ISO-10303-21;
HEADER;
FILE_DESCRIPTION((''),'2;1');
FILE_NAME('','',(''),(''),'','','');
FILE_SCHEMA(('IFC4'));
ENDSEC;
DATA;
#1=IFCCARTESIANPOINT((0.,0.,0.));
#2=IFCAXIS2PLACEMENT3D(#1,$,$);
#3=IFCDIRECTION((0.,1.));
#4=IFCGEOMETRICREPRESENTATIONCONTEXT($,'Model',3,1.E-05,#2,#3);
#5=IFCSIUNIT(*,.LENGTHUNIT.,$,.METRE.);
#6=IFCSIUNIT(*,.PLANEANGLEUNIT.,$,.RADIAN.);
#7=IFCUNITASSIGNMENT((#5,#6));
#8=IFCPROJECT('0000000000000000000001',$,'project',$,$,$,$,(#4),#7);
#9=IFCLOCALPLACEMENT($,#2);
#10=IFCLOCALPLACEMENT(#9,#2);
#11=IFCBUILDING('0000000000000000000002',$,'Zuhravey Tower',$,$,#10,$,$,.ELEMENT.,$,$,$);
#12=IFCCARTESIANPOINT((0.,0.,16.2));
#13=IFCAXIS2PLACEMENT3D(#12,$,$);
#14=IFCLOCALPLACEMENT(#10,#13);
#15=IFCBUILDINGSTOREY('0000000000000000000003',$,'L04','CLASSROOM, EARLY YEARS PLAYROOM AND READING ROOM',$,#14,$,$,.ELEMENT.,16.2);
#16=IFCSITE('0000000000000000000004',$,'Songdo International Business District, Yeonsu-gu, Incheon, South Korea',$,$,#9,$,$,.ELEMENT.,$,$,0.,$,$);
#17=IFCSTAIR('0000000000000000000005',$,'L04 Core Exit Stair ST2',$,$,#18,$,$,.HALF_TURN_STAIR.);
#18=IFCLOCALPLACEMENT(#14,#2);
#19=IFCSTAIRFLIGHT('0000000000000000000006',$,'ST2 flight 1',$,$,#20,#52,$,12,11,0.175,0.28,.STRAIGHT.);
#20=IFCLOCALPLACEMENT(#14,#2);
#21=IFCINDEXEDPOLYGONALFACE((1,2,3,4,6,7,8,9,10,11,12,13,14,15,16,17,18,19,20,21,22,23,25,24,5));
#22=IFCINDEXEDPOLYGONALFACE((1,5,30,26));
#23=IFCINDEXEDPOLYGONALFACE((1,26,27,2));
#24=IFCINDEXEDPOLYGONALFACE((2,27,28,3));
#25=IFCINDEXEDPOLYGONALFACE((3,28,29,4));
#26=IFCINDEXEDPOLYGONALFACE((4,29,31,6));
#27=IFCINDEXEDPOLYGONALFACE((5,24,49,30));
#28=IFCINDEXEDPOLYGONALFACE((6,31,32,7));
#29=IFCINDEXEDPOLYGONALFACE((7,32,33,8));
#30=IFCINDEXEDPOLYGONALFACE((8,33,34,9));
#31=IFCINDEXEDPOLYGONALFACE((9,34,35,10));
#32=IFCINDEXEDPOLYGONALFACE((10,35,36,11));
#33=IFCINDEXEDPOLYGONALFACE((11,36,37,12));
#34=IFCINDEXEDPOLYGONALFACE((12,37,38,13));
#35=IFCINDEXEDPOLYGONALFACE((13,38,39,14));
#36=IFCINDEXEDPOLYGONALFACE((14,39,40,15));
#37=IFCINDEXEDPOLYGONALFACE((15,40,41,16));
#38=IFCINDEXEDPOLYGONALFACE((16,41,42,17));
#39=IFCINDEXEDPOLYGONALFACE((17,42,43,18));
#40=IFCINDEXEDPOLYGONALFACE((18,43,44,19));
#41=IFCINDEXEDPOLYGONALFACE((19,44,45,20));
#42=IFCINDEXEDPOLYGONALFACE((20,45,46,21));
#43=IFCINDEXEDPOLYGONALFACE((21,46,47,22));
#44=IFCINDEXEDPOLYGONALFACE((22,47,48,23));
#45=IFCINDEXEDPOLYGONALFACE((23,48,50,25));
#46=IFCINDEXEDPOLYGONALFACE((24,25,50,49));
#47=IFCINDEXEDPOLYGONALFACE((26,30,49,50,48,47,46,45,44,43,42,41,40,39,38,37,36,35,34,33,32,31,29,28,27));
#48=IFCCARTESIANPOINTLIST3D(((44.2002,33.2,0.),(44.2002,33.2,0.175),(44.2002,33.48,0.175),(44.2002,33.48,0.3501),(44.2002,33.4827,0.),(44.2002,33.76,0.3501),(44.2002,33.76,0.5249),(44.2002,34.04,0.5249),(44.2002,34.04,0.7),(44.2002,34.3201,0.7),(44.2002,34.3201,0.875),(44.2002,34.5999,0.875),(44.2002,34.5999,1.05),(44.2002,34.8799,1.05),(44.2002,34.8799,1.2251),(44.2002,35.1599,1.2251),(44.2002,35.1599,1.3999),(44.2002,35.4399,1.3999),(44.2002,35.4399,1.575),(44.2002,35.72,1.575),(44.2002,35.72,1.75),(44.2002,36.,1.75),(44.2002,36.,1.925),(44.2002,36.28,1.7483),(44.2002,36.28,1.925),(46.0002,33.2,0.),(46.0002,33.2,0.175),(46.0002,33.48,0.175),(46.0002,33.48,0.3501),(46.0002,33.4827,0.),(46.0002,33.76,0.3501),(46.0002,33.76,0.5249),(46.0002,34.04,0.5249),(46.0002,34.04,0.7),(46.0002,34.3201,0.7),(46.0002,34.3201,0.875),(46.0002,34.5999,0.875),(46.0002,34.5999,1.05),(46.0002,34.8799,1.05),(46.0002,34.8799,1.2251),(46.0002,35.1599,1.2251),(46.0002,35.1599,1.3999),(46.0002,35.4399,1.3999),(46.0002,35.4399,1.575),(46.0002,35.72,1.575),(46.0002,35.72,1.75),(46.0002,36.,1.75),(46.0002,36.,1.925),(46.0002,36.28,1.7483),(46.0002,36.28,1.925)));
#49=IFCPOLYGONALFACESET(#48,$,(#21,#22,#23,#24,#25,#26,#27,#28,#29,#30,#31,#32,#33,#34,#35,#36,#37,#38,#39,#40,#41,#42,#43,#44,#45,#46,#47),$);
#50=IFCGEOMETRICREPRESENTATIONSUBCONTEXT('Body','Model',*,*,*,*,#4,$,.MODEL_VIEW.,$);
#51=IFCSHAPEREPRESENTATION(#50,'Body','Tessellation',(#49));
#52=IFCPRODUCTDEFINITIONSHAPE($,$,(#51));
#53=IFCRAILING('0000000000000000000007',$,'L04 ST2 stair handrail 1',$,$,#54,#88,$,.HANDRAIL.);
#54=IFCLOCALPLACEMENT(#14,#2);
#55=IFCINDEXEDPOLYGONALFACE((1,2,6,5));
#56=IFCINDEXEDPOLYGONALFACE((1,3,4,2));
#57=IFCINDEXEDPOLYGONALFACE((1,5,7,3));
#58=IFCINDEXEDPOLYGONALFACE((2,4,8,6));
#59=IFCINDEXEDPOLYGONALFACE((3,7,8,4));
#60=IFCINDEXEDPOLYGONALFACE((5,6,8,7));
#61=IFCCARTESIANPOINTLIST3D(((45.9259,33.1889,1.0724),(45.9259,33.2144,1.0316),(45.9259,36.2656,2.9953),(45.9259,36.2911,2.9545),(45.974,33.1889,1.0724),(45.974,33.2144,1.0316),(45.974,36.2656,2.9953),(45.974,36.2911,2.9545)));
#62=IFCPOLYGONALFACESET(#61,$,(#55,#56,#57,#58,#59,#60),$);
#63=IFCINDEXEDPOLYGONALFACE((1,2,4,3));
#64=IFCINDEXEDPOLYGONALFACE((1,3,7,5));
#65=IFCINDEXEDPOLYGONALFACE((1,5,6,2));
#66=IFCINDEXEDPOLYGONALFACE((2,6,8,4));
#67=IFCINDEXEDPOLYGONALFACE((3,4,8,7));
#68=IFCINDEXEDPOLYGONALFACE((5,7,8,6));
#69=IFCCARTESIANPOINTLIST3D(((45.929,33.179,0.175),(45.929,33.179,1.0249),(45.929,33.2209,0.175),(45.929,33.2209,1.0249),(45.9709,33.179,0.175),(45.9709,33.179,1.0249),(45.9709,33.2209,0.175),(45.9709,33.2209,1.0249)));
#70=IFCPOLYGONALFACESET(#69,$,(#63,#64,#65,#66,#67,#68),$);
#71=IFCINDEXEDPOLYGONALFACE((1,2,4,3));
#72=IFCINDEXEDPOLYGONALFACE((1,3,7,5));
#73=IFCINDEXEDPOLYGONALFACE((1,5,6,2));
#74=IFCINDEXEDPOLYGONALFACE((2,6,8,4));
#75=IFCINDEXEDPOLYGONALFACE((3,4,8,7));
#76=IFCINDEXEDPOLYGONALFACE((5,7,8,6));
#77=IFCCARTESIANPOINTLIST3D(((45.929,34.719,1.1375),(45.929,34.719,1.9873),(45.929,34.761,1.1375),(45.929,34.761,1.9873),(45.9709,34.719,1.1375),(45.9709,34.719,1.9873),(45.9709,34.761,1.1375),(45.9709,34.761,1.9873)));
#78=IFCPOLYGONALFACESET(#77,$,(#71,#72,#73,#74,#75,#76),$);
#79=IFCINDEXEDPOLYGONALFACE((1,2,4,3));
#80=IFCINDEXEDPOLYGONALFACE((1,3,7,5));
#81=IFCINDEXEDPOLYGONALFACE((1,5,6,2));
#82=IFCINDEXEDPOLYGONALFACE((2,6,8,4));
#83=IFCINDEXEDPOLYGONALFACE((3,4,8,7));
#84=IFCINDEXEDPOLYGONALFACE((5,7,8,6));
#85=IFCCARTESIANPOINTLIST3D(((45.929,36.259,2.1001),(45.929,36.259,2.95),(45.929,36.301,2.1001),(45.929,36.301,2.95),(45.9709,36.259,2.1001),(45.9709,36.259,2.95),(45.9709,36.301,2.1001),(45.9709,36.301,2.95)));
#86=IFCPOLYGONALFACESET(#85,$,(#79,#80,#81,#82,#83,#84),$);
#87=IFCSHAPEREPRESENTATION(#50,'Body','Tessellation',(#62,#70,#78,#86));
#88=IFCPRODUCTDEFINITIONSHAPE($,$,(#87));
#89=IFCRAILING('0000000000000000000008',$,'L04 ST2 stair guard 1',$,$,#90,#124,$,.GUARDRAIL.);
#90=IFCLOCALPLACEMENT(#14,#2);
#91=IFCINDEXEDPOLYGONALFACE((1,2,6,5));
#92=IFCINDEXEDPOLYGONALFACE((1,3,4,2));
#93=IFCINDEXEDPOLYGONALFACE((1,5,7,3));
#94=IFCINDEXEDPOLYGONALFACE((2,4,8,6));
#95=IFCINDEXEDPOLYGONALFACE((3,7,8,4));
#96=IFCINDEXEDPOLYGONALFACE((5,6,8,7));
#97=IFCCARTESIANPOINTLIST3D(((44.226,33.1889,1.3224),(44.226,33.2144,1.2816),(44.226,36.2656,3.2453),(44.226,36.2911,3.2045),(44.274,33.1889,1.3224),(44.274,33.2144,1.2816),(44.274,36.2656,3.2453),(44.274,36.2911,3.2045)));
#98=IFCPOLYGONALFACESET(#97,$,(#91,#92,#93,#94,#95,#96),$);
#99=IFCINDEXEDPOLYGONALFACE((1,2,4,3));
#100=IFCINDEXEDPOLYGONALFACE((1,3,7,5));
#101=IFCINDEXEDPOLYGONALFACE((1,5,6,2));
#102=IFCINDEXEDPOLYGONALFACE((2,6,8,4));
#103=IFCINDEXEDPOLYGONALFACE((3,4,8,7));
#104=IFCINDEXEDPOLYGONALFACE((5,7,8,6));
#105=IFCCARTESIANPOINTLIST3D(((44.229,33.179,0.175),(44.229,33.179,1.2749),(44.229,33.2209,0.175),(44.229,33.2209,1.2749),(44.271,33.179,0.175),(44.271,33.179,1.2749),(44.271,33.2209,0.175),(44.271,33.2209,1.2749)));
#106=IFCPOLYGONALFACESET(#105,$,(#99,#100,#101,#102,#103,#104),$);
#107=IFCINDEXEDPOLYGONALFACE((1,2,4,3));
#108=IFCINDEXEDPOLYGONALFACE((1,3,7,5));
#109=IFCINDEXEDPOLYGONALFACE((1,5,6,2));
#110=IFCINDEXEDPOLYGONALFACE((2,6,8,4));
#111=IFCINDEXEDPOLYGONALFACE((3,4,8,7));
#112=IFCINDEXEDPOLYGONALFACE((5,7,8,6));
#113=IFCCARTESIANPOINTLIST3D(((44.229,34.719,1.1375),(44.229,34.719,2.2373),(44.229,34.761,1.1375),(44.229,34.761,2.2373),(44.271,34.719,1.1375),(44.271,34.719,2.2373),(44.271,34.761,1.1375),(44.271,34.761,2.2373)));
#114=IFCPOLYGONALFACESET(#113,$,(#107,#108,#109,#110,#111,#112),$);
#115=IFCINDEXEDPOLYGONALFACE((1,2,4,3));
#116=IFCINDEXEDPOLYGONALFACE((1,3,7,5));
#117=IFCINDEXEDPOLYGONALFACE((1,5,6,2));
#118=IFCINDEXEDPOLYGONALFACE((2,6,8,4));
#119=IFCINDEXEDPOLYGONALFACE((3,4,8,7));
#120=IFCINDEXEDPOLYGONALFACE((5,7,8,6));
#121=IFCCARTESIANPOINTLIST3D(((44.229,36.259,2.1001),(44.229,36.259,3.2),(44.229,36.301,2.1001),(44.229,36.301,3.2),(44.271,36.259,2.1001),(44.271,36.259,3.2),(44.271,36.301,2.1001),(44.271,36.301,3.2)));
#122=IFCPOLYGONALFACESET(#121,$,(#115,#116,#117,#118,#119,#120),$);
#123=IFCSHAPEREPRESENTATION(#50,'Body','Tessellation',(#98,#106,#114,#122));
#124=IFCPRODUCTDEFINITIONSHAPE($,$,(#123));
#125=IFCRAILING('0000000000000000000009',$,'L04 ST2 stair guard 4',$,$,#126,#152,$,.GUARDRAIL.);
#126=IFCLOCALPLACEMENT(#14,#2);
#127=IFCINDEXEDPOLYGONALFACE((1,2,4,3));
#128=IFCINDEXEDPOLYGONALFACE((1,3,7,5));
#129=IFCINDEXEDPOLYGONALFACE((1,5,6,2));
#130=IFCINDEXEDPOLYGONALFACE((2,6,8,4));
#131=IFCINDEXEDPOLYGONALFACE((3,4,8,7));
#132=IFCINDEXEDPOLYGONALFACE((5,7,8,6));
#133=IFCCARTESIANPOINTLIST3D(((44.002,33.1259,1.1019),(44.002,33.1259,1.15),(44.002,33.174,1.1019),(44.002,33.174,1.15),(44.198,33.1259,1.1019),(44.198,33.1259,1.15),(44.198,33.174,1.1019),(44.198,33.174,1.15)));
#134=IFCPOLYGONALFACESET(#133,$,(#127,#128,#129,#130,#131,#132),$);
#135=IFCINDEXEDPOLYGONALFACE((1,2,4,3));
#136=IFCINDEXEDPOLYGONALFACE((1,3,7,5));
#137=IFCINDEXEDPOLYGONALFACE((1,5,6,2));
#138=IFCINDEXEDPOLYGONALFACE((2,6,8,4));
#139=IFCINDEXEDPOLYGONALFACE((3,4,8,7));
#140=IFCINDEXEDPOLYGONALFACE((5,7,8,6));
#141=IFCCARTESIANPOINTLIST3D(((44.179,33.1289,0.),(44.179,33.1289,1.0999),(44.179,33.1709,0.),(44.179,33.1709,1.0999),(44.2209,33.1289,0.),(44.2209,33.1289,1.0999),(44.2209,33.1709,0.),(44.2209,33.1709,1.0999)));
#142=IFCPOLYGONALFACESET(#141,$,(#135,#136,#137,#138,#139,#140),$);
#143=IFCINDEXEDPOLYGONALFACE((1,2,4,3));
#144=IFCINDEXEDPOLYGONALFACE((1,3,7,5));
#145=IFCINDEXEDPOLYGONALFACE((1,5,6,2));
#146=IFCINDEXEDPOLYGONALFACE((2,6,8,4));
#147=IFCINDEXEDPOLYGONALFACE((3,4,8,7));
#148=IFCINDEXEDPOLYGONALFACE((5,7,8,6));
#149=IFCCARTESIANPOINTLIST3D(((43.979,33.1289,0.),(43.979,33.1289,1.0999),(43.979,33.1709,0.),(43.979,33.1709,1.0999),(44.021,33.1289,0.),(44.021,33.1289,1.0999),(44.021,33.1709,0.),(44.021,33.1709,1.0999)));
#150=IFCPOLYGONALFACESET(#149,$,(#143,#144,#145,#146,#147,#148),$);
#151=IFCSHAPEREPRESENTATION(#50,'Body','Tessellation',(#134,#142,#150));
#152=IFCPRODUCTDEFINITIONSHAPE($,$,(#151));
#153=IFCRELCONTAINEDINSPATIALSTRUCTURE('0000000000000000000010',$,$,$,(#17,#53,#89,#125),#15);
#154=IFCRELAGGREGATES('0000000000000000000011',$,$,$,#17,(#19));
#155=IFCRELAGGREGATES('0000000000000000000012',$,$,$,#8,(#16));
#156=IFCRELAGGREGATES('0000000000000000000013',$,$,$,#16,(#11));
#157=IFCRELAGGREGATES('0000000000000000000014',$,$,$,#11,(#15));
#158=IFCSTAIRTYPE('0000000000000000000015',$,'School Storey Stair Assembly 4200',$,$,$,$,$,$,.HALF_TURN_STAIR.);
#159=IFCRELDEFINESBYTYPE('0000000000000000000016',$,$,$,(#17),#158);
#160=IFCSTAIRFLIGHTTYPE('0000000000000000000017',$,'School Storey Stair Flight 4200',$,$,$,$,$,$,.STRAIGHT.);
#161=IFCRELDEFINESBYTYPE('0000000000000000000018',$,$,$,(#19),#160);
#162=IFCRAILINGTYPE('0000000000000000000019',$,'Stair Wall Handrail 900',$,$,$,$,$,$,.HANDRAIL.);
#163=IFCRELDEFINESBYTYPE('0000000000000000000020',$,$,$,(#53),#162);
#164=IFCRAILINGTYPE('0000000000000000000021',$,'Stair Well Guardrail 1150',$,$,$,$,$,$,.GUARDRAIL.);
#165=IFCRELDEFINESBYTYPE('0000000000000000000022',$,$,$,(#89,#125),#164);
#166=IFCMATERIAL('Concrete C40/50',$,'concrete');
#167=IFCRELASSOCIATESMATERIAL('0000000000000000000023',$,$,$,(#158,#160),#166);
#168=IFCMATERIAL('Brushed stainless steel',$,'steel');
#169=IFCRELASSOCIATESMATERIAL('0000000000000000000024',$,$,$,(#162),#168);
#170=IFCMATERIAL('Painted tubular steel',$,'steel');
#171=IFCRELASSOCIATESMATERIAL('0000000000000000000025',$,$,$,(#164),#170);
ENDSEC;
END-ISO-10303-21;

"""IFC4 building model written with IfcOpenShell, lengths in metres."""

from ifc_helpers import new_model, si_unit, direction, frame, origin, origin_2d, place, context, subcontext, project, spatial, polyline, rectangle, outline, extrude, material, type_object, element, aggregate, save


model = new_model("IFC4")

# Units and contexts
model_context = context("Model", 3, precision=1e-05, world=origin(), true_north=direction((0.0, 1.0)))
body_context = subcontext(model_context, "Body", "Model", "MODEL_VIEW")
ifc_project = project(units=[si_unit("LENGTHUNIT", "METRE"), si_unit("PLANEANGLEUNIT", "RADIAN")], contexts=[model_context])

# Site, building, storey
site_placement = place(None, origin())
site = spatial("IfcSite", under=ifc_project, at=site_placement, Name="Songdo International Business District, Yeonsu-gu, Incheon, South Korea", CompositionType="ELEMENT", RefElevation=0.0)
building_placement = place(site_placement, origin())
building = spatial("IfcBuilding", under=site, at=building_placement, Name="Zuhravey Tower", CompositionType="ELEMENT")
storey_placement = place(building_placement, frame((0.0, 0.0, 16.2)))
storey = spatial("IfcBuildingStorey", under=building, at=storey_placement, Name="L04", Description="CLASSROOM, EARLY YEARS PLAYROOM AND READING ROOM", CompositionType="ELEMENT", Elevation=16.2)

# Shared definitions
ifc_material_1 = material(Name="Brushed stainless steel", Category="steel")

# Stair, stair flight
ifc_material_2 = material(Name="Concrete C40/50", Category="concrete")
stair_type = type_object("IfcStairType", Name="School Storey Stair Assembly 4200", PredefinedType="HALF_TURN_STAIR", material=ifc_material_2)
stair_placement = place(storey_placement, origin())
stair = element("IfcStair", 1, at=stair_placement, inside=storey, type_object=stair_type, Name="L04 Core Exit Stair ST2", PredefinedType="HALF_TURN_STAIR")
stair_flight_type = type_object("IfcStairFlightType", Name="School Storey Stair Flight 4200", PredefinedType="STRAIGHT", material=ifc_material_2)
stair_flight_placement = place(storey_placement, frame((45.1001, 33.2, 0.0), z_axis=(0.0, 0.0, 1.0), x_axis=(0.0, 1.0, 0.0)))
stair_flight = element("IfcStairFlight", 2, at=stair_flight_placement, type_object=stair_flight_type, Name="ST2 flight 1", NumberOfRisers=12, NumberOfTreads=11, PredefinedType="STRAIGHT", RiserHeight=0.175, TreadLength=0.28, context=body_context, shape_type="SweptSolid", body=[
    extrude(outline(polyline([(0.0, 0.0), (0.0, 0.175), (0.28, 0.175), (0.28, 0.3501), (0.5601, 0.3501), (0.5601, 0.5249), (0.8401, 0.5249), (0.8401, 0.7), (1.1201, 0.7), (1.1201, 0.875), (1.3999, 0.875), (1.3999, 1.05), (1.6799, 1.05), (1.6799, 1.2251), (1.96, 1.2251), (1.96, 1.3999), (2.24, 1.3999), (2.24, 1.575), (2.52, 1.575), (2.52, 1.75), (2.8, 1.75), (2.8, 1.925), (3.0801, 1.925), (3.0801, 2.1001), (3.0801, 1.7483), (0.2827, 0.0), (0.0, 0.0)])), frame((0.0, 0.8999, 0.0), z_axis=(0.0, -1.0, 0.0), x_axis=(1.0, 0.0, 0.0)), (0.0, 0.0, 1.0), 1.8),
])
aggregate(stair, [stair_flight])

# Railings
railing_type_1 = type_object("IfcRailingType", Name="Stair Wall Handrail 900", PredefinedType="HANDRAIL", material=ifc_material_1)
railing_1_placement = place(storey_placement, frame((45.95, 33.2, 0.175)))
element("IfcRailing", 3, at=railing_1_placement, inside=storey, type_object=railing_type_1, Name="L04 ST2 stair handrail 1", PredefinedType="HANDRAIL", context=body_context, shape_type="SweptSolid", body=[
    extrude(rectangle(XDim=0.0481, YDim=0.0481, at=origin_2d()), frame((0.0, 0.0017, 0.877), z_axis=(0.0, 0.847998, 0.529999), x_axis=(-1.0, 0.0, 0.0)), (0.0, 0.0, 1.0), 3.6282),
    extrude(rectangle(XDim=0.042, YDim=0.042, at=origin_2d()), origin(), (0.0, 0.0, 1.0), 0.8499),
    extrude(rectangle(XDim=0.042, YDim=0.042, at=origin_2d()), frame((0.0, 1.54, 0.9624)), (0.0, 0.0, 1.0), 0.8499),
    extrude(rectangle(XDim=0.042, YDim=0.042, at=origin_2d()), frame((0.0, 3.0801, 1.925)), (0.0, 0.0, 1.0), 0.8499),
])
ifc_material_3 = material(Name="Painted tubular steel", Category="steel")
railing_type_2 = type_object("IfcRailingType", Name="Stair Well Guardrail 1150", PredefinedType="GUARDRAIL", material=ifc_material_3)
railing_2_placement = place(storey_placement, frame((44.25, 33.2, 0.175)))
element("IfcRailing", 4, at=railing_2_placement, inside=storey, type_object=railing_type_2, Name="L04 ST2 stair guard 1", PredefinedType="GUARDRAIL", context=body_context, shape_type="SweptSolid", body=[
    extrude(rectangle(XDim=0.0481, YDim=0.0481, at=origin_2d()), frame((0.0, 0.0017, 1.127), z_axis=(0.0, 0.847998, 0.529999), x_axis=(-1.0, 0.0, 0.0)), (0.0, 0.0, 1.0), 3.6282),
    extrude(rectangle(XDim=0.042, YDim=0.042, at=origin_2d()), origin(), (0.0, 0.0, 1.0), 1.0999),
    extrude(rectangle(XDim=0.042, YDim=0.042, at=origin_2d()), frame((0.0, 1.54, 0.9624)), (0.0, 0.0, 1.0), 1.0999),
    extrude(rectangle(XDim=0.042, YDim=0.042, at=origin_2d()), frame((0.0, 3.0801, 1.925)), (0.0, 0.0, 1.0), 1.0999),
])
railing_3_placement = place(storey_placement, frame((44.2, 33.1499, 0.0)))
element("IfcRailing", 5, at=railing_3_placement, inside=storey, type_object=railing_type_2, Name="L04 ST2 stair guard 4", PredefinedType="GUARDRAIL", context=body_context, shape_type="SweptSolid", body=[
    extrude(rectangle(XDim=0.0481, YDim=0.0481, at=origin_2d()), frame((-0.002, 0.0, 1.126), z_axis=(-1.0, 0.0, 0.0), x_axis=(0.0, -1.0, 0.0)), (0.0, 0.0, 1.0), 0.196),
    extrude(rectangle(XDim=0.042, YDim=0.042, at=origin_2d()), origin(), (0.0, 0.0, 1.0), 1.0999),
    extrude(rectangle(XDim=0.042, YDim=0.042, at=origin_2d()), frame((-0.2, 0.0, 0.0)), (0.0, 0.0, 1.0), 1.0999),
])

save(model, "model.ifc")
